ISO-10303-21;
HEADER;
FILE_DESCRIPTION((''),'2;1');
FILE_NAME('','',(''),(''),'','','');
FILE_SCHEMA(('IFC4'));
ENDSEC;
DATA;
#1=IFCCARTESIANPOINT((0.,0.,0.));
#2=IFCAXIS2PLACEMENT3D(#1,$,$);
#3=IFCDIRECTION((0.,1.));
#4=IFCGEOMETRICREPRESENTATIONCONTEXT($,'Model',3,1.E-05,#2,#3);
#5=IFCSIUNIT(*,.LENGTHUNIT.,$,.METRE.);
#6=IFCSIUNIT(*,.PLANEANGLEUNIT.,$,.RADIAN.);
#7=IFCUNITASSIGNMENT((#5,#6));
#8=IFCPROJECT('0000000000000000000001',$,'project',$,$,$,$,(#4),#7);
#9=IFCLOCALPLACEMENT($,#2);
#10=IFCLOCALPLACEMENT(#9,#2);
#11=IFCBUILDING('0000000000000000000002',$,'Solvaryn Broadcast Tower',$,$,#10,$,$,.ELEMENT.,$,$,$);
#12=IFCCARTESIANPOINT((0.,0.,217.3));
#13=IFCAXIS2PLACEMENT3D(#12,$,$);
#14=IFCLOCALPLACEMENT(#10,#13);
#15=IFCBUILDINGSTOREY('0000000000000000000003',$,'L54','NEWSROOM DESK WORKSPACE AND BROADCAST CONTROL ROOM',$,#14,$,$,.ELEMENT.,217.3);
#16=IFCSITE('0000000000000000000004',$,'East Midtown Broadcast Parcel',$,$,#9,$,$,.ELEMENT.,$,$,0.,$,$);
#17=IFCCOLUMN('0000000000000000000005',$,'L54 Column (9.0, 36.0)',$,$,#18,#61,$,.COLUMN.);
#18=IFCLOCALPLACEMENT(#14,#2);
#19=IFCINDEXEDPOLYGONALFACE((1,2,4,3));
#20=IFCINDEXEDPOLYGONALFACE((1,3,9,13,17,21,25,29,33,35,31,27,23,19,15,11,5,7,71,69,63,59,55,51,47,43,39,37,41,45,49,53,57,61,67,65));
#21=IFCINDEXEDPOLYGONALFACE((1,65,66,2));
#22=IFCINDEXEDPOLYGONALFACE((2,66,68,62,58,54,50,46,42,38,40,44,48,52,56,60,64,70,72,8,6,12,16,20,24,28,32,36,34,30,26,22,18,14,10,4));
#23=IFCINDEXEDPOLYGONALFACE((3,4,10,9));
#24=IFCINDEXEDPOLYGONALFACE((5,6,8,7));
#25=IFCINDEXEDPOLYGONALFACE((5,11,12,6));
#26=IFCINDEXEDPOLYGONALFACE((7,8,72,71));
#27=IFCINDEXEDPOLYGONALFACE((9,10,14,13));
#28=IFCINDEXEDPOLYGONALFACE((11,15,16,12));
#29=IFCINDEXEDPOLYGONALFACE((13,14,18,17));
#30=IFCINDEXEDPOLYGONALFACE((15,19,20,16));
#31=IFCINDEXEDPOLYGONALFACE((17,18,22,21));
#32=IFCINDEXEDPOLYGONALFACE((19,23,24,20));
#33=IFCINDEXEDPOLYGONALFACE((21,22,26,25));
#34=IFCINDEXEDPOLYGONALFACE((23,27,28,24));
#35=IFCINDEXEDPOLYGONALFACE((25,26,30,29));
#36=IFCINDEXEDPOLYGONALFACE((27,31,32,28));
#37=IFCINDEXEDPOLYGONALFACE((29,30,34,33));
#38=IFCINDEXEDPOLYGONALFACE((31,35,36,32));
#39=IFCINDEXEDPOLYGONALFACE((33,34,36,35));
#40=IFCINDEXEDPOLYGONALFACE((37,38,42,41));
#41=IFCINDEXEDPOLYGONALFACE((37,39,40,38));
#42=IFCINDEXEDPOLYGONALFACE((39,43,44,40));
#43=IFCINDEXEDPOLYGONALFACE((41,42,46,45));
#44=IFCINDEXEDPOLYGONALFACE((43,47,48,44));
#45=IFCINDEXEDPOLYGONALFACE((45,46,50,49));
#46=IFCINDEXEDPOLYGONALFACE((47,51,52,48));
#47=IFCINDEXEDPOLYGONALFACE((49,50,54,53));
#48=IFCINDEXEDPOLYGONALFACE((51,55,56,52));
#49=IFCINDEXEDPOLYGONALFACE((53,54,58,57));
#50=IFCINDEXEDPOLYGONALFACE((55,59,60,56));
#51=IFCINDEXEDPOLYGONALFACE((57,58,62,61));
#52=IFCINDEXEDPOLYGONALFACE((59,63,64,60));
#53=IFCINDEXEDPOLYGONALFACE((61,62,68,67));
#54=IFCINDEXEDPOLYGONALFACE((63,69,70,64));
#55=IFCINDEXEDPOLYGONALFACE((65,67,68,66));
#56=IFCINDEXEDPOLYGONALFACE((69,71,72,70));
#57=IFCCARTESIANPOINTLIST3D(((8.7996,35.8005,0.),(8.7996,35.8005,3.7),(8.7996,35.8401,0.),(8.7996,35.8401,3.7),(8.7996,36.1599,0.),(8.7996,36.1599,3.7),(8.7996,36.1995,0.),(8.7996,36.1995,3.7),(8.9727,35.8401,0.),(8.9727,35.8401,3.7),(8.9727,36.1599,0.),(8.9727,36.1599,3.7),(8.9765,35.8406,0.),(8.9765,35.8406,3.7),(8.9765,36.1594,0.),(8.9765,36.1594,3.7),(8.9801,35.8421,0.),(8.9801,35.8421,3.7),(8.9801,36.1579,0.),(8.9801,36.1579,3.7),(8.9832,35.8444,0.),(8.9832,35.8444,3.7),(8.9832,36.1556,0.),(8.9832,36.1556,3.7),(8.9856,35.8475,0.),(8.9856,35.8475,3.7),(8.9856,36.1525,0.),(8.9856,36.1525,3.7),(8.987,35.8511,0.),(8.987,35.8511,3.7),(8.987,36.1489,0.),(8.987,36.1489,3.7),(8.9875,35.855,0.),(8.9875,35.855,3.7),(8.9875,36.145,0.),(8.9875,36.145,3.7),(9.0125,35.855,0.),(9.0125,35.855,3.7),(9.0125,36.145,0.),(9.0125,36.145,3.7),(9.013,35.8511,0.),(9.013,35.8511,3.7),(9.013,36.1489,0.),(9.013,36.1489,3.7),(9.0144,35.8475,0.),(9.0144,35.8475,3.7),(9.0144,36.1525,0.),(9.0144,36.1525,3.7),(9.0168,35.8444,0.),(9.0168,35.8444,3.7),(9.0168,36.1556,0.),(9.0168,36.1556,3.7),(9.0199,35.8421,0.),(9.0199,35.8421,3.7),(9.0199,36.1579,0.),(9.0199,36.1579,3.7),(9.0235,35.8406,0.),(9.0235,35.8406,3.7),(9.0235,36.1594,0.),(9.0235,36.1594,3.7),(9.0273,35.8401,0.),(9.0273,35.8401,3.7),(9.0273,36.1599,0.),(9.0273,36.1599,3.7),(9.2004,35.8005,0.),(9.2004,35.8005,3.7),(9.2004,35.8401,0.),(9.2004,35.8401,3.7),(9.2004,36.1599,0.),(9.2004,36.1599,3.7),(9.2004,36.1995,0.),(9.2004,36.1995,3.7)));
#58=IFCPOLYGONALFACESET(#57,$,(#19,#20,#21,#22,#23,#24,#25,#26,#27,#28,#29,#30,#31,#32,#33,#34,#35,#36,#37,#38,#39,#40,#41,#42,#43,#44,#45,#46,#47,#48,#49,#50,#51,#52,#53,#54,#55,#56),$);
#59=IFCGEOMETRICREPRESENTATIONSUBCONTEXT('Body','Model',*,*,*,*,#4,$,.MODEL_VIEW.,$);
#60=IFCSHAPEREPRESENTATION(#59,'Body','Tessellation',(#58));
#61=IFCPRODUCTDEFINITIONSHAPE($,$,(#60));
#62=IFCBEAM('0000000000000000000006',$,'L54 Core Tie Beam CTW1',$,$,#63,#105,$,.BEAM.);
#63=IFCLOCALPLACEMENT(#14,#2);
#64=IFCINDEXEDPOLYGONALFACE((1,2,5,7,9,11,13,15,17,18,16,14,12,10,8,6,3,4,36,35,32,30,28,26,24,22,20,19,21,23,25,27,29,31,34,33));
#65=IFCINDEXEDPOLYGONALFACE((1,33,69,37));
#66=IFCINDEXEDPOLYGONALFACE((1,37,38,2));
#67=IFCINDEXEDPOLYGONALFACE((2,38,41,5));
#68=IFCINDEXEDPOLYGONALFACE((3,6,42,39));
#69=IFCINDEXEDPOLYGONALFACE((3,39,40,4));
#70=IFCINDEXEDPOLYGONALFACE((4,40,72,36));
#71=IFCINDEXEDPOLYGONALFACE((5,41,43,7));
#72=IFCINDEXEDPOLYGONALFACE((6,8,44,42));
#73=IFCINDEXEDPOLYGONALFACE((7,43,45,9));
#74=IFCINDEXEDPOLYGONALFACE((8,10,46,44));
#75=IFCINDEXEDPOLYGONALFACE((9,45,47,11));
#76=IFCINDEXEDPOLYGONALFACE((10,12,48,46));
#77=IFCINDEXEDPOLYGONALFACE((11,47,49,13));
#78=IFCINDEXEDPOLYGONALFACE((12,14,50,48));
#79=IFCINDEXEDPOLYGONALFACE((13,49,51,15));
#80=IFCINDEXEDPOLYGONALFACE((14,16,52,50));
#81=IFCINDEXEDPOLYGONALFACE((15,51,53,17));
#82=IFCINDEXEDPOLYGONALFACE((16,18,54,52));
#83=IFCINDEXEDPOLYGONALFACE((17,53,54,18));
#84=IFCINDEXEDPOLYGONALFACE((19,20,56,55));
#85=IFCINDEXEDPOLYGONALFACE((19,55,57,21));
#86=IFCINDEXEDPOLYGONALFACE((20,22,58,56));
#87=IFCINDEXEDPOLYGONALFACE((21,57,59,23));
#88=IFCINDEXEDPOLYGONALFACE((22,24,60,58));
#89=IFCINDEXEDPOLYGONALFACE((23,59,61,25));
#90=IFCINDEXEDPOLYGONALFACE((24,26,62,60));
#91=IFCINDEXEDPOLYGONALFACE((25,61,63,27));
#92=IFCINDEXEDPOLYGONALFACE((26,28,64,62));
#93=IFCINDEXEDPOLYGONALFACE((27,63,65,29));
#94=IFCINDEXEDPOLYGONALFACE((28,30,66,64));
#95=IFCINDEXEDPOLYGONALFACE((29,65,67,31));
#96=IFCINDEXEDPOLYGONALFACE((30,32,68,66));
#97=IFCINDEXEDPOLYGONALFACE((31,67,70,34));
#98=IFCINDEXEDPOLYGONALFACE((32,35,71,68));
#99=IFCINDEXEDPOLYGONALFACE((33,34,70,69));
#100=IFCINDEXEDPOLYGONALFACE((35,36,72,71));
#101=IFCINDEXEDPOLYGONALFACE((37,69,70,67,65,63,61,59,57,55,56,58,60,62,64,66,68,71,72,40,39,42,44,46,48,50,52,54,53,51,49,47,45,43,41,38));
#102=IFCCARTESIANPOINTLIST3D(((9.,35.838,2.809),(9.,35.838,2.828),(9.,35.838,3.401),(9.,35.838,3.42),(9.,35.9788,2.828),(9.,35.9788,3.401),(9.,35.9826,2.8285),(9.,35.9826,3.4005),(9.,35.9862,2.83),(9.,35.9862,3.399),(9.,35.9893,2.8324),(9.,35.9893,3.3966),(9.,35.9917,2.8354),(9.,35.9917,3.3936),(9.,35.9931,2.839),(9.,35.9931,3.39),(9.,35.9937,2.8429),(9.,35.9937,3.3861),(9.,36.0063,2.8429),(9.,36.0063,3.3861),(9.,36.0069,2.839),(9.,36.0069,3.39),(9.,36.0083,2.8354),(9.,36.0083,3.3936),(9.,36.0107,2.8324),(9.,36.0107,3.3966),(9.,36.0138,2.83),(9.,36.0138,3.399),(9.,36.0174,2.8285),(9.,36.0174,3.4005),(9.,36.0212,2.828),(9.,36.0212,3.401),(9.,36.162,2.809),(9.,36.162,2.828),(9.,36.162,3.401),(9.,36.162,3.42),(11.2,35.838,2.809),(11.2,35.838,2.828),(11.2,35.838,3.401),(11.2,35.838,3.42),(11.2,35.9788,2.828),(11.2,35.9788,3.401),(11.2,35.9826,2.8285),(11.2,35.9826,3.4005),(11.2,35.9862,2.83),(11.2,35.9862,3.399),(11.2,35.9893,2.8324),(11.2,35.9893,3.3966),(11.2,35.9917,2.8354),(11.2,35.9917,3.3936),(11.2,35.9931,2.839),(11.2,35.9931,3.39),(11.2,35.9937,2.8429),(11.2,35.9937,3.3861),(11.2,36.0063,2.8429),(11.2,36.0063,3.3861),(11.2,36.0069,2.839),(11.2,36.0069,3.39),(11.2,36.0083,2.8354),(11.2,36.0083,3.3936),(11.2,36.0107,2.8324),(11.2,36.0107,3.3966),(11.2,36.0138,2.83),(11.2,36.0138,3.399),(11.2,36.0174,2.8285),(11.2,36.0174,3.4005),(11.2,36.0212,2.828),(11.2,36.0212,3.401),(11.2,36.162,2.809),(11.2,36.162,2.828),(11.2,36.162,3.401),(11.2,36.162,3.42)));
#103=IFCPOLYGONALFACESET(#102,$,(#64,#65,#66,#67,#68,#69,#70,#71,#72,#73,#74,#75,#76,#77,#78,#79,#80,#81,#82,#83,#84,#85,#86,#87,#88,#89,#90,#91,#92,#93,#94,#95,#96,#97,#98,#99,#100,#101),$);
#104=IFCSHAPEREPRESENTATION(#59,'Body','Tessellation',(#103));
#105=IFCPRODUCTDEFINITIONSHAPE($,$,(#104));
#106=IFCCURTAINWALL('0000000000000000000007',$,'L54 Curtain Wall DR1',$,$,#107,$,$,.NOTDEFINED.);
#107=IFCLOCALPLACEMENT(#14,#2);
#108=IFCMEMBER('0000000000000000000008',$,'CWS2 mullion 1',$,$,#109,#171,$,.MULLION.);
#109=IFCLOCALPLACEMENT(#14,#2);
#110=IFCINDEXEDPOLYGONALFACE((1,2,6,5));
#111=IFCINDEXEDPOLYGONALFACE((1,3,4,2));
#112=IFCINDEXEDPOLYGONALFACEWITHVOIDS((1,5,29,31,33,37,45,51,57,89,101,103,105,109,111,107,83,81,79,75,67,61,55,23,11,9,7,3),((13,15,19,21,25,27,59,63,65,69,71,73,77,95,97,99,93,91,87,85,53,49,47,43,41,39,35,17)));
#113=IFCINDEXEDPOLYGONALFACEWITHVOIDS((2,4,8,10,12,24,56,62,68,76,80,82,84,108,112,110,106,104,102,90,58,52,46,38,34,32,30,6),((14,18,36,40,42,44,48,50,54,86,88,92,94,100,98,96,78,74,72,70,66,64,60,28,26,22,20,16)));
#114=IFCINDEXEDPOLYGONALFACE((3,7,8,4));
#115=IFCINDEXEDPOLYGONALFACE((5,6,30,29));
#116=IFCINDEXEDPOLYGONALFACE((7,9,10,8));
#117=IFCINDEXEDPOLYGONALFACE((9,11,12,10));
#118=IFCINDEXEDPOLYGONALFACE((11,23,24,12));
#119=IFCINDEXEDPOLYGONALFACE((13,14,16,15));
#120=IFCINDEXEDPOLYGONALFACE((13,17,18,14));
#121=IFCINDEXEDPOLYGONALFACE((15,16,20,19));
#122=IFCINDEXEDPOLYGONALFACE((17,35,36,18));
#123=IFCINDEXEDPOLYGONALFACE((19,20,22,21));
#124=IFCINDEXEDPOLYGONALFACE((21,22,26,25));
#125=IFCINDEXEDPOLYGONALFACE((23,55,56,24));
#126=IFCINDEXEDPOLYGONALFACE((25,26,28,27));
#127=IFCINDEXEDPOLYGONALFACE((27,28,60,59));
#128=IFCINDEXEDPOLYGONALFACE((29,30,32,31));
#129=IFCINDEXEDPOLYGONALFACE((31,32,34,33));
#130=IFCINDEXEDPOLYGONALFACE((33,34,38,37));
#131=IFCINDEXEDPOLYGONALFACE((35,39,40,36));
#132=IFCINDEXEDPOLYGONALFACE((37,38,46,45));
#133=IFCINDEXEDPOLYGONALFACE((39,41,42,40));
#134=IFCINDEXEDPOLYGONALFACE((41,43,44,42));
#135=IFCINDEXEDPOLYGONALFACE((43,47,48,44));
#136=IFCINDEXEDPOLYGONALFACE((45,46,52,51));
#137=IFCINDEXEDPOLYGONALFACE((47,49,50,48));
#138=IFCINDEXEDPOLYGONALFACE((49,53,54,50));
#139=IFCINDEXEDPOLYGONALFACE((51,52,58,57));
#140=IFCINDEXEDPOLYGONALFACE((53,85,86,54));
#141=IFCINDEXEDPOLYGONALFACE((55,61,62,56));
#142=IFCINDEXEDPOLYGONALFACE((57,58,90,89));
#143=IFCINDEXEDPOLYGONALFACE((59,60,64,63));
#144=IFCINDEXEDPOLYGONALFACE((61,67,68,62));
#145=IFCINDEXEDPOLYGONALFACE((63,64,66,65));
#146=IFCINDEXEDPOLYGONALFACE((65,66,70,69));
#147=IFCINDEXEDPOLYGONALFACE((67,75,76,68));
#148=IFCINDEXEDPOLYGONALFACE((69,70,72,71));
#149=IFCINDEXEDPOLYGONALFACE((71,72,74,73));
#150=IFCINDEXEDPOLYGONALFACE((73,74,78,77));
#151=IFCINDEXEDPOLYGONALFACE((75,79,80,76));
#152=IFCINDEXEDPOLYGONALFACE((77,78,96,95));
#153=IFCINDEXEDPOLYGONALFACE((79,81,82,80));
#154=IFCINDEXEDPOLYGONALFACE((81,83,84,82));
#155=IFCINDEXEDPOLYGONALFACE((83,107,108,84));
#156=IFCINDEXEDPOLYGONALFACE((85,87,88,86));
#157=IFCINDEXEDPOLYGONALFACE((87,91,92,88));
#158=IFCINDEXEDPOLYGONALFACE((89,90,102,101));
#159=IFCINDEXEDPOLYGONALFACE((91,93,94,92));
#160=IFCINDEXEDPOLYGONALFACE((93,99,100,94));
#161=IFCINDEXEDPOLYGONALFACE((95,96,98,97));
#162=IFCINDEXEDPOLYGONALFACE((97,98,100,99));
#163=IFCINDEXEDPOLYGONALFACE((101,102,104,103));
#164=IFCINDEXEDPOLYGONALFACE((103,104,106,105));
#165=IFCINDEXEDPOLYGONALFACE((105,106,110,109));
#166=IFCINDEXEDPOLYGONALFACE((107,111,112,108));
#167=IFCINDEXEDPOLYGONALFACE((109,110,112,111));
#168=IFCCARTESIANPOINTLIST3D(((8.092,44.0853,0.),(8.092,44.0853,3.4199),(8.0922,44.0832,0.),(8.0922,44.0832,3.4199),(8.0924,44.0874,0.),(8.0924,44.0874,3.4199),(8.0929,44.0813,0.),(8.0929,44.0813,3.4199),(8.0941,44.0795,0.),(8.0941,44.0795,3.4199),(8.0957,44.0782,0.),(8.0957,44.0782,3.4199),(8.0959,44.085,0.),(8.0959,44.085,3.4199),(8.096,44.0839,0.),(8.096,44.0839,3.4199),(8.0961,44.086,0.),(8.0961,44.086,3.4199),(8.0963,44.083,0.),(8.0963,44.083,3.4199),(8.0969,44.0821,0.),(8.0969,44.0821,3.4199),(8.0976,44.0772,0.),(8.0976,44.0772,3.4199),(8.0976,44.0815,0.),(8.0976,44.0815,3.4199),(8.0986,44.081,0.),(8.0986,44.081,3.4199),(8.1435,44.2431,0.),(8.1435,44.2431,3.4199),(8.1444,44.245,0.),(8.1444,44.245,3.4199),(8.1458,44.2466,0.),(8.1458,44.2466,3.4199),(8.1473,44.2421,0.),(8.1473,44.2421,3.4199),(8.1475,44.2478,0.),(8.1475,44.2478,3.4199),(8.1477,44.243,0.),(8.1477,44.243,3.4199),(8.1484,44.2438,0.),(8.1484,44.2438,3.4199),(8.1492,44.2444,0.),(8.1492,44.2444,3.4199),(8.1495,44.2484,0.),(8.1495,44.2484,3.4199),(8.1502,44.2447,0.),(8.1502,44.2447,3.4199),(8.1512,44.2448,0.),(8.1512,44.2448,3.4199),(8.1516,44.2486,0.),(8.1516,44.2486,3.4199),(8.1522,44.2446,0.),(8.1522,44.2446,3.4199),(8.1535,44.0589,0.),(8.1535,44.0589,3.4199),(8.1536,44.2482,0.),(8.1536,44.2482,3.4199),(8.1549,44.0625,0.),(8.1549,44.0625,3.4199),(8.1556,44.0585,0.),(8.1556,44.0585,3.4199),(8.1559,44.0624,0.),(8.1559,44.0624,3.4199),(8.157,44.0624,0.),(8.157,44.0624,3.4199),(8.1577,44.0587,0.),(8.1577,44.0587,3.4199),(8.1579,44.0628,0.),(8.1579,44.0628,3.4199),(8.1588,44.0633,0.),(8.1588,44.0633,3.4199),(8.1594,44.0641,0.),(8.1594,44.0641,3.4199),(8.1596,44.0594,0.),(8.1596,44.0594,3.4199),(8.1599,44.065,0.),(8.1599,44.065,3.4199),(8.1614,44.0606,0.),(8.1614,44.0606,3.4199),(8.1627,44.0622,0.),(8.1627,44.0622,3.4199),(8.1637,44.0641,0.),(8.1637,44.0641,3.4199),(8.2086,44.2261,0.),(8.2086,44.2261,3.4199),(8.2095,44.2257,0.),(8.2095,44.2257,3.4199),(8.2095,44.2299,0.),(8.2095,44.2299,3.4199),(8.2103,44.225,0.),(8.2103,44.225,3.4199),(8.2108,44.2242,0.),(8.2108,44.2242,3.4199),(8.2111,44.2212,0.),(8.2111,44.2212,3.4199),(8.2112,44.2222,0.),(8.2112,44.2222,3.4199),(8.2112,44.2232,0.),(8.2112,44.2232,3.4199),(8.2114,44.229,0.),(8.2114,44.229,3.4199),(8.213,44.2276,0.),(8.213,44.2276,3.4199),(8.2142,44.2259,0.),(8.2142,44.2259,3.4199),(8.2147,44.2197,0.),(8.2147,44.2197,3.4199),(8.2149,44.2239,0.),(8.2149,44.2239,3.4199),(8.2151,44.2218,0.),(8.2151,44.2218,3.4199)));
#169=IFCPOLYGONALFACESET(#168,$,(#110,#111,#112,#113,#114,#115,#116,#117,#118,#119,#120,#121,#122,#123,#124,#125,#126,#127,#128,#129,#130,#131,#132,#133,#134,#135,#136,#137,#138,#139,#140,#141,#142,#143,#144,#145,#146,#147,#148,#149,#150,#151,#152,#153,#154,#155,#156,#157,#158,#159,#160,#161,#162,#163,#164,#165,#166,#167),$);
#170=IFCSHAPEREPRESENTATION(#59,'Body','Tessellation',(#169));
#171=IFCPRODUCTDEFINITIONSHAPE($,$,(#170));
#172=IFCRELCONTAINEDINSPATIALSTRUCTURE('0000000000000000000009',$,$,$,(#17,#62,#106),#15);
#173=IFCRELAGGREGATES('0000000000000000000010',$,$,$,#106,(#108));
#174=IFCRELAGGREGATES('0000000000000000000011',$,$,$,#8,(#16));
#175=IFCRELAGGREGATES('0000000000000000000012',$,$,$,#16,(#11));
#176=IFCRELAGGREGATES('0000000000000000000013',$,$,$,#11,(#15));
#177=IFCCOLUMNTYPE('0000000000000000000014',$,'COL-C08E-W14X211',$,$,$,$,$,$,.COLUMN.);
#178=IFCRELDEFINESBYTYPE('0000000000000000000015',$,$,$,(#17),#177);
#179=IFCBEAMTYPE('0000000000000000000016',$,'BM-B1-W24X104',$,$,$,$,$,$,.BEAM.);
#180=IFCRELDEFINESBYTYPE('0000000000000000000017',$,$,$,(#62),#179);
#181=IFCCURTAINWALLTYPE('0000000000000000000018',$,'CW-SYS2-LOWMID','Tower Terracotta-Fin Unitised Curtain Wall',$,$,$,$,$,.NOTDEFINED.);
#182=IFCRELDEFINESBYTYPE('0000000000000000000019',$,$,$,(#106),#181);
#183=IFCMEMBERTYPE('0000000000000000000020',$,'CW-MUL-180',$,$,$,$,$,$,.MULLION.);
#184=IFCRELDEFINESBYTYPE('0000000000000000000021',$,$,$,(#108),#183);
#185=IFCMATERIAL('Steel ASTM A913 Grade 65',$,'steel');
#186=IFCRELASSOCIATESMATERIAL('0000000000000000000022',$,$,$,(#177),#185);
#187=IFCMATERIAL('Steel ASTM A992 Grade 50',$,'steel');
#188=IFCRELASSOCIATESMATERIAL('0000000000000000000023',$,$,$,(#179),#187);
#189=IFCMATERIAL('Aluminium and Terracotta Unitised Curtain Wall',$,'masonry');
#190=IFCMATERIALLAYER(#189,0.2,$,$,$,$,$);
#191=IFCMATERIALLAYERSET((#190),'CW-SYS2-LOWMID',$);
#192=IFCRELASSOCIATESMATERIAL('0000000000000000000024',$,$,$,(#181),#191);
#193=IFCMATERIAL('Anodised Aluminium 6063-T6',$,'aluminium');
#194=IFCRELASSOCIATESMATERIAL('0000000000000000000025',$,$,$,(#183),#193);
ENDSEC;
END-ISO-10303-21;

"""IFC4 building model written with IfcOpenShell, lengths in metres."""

from ifc_helpers import new_model, si_unit, direction, frame, origin, origin_2d, place, context, subcontext, project, spatial, hollow_rectangle, i_section, extrude, material, layer, layer_set, material_profile, profile_set, type_object, element, aggregate, save


model = new_model("IFC4")

# Units and contexts
model_context = context("Model", 3, precision=1e-05, world=origin(), true_north=direction((0.0, 1.0)))
body_context = subcontext(model_context, "Body", "Model", "MODEL_VIEW")
ifc_project = project(units=[si_unit("LENGTHUNIT", "METRE"), si_unit("PLANEANGLEUNIT", "RADIAN")], contexts=[model_context])

# Site, building, storey
site_placement = place(None, origin())
site = spatial("IfcSite", under=ifc_project, at=site_placement, Name="East Midtown Broadcast Parcel", CompositionType="ELEMENT", RefElevation=0.0)
building_placement = place(site_placement, origin())
building = spatial("IfcBuilding", under=site, at=building_placement, Name="Solvaryn Broadcast Tower", CompositionType="ELEMENT")
storey_placement = place(building_placement, frame((0.0, 0.0, 217.3)))
storey = spatial("IfcBuildingStorey", under=building, at=storey_placement, Name="L54", Description="NEWSROOM DESK WORKSPACE AND BROADCAST CONTROL ROOM", CompositionType="ELEMENT", Elevation=217.3)

# Column
ifc_material_1 = material(Name="Steel ASTM A913 Grade 65", Category="steel")
ifc_material_profile_1 = material_profile(ifc_material_1, i_section(OverallWidth=0.4009, OverallDepth=0.3989, WebThickness=0.0249, FlangeThickness=0.0396, FilletRadius=0.0149, at=origin_2d()))
ifc_profile_set_1 = profile_set([ifc_material_profile_1], Name="Steel ASTM A913 Grade 65")
column_type = type_object("IfcColumnType", Name="COL-C08E-W14X211", PredefinedType="COLUMN", material=ifc_profile_set_1)
column_placement = place(storey_placement, frame((9.0, 36.0, 0.0), z_axis=(0.0, 0.0, 1.0), x_axis=(1.0, 0.0, 0.0)))
element("IfcColumn", 1, at=column_placement, inside=storey, type_object=column_type, Name="L54 Column (9.0, 36.0)", PredefinedType="COLUMN", context=body_context, shape_type="SweptSolid", body=[
    extrude(i_section(OverallWidth=0.4009, OverallDepth=0.3989, WebThickness=0.0249, FlangeThickness=0.0396, FilletRadius=0.0149, at=origin_2d()), origin(), (0.0, 0.0, 1.0), 3.7),
])

# Beam
ifc_material_2 = material(Name="Steel ASTM A992 Grade 50", Category="steel")
ifc_material_profile_2 = material_profile(ifc_material_2, i_section(OverallWidth=0.324, OverallDepth=0.6111, WebThickness=0.0127, FlangeThickness=0.019, FilletRadius=0.0149, at=origin_2d()))
ifc_profile_set_2 = profile_set([ifc_material_profile_2], Name="Steel ASTM A992 Grade 50")
beam_type = type_object("IfcBeamType", Name="BM-B1-W24X104", PredefinedType="BEAM", material=ifc_profile_set_2)
beam_placement = place(storey_placement, frame((9.0, 36.0, 3.1145), z_axis=(1.0, 0.0, 0.0), x_axis=(0.0, 1.0, 0.0)))
element("IfcBeam", 2, at=beam_placement, inside=storey, type_object=beam_type, Name="L54 Core Tie Beam CTW1", PredefinedType="BEAM", context=body_context, shape_type="SweptSolid", body=[
    extrude(i_section(OverallWidth=0.324, OverallDepth=0.6111, WebThickness=0.0127, FlangeThickness=0.019, FilletRadius=0.0149, at=origin_2d()), origin(), (0.0, 0.0, 1.0), 2.2),
])

# Curtain wall, member
ifc_material_3 = material(Name="Aluminium and Terracotta Unitised Curtain Wall", Category="masonry")
ifc_layer_1 = layer(ifc_material_3, 0.2)
ifc_layer_set_1 = layer_set([ifc_layer_1], Name="CW-SYS2-LOWMID")
curtain_wall_type = type_object("IfcCurtainWallType", Name="CW-SYS2-LOWMID", Description="Tower Terracotta-Fin Unitised Curtain Wall", PredefinedType="NOTDEFINED", material=ifc_layer_set_1)
curtain_wall_1_placement = place(storey_placement, origin())
curtain_wall_1 = element("IfcCurtainWall", 3, at=curtain_wall_1_placement, inside=storey, type_object=curtain_wall_type, Name="L54 Curtain Wall DR1", PredefinedType="NOTDEFINED")
ifc_material_4 = material(Name="Anodised Aluminium 6063-T6", Category="aluminium")
ifc_material_profile_3 = material_profile(ifc_material_4, hollow_rectangle(XDim=0.075, YDim=0.1799, WallThickness=0.0039, InnerFilletRadius=0.0039, OuterFilletRadius=0.0081, at=origin_2d()))
ifc_profile_set_3 = profile_set([ifc_material_profile_3], Name="Anodised Aluminium 6063-T6")
member_type_1 = type_object("IfcMemberType", Name="CW-MUL-180", PredefinedType="MULLION", material=ifc_profile_set_3)
member_1_placement = place(storey_placement, frame((8.1536, 44.1536, 0.0), z_axis=(0.0, 0.0, 1.0), x_axis=(0.950227, -0.311559, 0.0)))
member_1 = element("IfcMember", 4, at=member_1_placement, type_object=member_type_1, Name="CWS2 mullion 1", PredefinedType="MULLION", context=body_context, shape_type="SweptSolid", body=[
    extrude(hollow_rectangle(XDim=0.075, YDim=0.1799, WallThickness=0.0039, InnerFilletRadius=0.0039, OuterFilletRadius=0.0081, at=origin_2d()), origin(), (0.0, 0.0, 1.0), 3.4199),
])

aggregate(curtain_wall_1, [member_1])

save(model, "model.ifc")
